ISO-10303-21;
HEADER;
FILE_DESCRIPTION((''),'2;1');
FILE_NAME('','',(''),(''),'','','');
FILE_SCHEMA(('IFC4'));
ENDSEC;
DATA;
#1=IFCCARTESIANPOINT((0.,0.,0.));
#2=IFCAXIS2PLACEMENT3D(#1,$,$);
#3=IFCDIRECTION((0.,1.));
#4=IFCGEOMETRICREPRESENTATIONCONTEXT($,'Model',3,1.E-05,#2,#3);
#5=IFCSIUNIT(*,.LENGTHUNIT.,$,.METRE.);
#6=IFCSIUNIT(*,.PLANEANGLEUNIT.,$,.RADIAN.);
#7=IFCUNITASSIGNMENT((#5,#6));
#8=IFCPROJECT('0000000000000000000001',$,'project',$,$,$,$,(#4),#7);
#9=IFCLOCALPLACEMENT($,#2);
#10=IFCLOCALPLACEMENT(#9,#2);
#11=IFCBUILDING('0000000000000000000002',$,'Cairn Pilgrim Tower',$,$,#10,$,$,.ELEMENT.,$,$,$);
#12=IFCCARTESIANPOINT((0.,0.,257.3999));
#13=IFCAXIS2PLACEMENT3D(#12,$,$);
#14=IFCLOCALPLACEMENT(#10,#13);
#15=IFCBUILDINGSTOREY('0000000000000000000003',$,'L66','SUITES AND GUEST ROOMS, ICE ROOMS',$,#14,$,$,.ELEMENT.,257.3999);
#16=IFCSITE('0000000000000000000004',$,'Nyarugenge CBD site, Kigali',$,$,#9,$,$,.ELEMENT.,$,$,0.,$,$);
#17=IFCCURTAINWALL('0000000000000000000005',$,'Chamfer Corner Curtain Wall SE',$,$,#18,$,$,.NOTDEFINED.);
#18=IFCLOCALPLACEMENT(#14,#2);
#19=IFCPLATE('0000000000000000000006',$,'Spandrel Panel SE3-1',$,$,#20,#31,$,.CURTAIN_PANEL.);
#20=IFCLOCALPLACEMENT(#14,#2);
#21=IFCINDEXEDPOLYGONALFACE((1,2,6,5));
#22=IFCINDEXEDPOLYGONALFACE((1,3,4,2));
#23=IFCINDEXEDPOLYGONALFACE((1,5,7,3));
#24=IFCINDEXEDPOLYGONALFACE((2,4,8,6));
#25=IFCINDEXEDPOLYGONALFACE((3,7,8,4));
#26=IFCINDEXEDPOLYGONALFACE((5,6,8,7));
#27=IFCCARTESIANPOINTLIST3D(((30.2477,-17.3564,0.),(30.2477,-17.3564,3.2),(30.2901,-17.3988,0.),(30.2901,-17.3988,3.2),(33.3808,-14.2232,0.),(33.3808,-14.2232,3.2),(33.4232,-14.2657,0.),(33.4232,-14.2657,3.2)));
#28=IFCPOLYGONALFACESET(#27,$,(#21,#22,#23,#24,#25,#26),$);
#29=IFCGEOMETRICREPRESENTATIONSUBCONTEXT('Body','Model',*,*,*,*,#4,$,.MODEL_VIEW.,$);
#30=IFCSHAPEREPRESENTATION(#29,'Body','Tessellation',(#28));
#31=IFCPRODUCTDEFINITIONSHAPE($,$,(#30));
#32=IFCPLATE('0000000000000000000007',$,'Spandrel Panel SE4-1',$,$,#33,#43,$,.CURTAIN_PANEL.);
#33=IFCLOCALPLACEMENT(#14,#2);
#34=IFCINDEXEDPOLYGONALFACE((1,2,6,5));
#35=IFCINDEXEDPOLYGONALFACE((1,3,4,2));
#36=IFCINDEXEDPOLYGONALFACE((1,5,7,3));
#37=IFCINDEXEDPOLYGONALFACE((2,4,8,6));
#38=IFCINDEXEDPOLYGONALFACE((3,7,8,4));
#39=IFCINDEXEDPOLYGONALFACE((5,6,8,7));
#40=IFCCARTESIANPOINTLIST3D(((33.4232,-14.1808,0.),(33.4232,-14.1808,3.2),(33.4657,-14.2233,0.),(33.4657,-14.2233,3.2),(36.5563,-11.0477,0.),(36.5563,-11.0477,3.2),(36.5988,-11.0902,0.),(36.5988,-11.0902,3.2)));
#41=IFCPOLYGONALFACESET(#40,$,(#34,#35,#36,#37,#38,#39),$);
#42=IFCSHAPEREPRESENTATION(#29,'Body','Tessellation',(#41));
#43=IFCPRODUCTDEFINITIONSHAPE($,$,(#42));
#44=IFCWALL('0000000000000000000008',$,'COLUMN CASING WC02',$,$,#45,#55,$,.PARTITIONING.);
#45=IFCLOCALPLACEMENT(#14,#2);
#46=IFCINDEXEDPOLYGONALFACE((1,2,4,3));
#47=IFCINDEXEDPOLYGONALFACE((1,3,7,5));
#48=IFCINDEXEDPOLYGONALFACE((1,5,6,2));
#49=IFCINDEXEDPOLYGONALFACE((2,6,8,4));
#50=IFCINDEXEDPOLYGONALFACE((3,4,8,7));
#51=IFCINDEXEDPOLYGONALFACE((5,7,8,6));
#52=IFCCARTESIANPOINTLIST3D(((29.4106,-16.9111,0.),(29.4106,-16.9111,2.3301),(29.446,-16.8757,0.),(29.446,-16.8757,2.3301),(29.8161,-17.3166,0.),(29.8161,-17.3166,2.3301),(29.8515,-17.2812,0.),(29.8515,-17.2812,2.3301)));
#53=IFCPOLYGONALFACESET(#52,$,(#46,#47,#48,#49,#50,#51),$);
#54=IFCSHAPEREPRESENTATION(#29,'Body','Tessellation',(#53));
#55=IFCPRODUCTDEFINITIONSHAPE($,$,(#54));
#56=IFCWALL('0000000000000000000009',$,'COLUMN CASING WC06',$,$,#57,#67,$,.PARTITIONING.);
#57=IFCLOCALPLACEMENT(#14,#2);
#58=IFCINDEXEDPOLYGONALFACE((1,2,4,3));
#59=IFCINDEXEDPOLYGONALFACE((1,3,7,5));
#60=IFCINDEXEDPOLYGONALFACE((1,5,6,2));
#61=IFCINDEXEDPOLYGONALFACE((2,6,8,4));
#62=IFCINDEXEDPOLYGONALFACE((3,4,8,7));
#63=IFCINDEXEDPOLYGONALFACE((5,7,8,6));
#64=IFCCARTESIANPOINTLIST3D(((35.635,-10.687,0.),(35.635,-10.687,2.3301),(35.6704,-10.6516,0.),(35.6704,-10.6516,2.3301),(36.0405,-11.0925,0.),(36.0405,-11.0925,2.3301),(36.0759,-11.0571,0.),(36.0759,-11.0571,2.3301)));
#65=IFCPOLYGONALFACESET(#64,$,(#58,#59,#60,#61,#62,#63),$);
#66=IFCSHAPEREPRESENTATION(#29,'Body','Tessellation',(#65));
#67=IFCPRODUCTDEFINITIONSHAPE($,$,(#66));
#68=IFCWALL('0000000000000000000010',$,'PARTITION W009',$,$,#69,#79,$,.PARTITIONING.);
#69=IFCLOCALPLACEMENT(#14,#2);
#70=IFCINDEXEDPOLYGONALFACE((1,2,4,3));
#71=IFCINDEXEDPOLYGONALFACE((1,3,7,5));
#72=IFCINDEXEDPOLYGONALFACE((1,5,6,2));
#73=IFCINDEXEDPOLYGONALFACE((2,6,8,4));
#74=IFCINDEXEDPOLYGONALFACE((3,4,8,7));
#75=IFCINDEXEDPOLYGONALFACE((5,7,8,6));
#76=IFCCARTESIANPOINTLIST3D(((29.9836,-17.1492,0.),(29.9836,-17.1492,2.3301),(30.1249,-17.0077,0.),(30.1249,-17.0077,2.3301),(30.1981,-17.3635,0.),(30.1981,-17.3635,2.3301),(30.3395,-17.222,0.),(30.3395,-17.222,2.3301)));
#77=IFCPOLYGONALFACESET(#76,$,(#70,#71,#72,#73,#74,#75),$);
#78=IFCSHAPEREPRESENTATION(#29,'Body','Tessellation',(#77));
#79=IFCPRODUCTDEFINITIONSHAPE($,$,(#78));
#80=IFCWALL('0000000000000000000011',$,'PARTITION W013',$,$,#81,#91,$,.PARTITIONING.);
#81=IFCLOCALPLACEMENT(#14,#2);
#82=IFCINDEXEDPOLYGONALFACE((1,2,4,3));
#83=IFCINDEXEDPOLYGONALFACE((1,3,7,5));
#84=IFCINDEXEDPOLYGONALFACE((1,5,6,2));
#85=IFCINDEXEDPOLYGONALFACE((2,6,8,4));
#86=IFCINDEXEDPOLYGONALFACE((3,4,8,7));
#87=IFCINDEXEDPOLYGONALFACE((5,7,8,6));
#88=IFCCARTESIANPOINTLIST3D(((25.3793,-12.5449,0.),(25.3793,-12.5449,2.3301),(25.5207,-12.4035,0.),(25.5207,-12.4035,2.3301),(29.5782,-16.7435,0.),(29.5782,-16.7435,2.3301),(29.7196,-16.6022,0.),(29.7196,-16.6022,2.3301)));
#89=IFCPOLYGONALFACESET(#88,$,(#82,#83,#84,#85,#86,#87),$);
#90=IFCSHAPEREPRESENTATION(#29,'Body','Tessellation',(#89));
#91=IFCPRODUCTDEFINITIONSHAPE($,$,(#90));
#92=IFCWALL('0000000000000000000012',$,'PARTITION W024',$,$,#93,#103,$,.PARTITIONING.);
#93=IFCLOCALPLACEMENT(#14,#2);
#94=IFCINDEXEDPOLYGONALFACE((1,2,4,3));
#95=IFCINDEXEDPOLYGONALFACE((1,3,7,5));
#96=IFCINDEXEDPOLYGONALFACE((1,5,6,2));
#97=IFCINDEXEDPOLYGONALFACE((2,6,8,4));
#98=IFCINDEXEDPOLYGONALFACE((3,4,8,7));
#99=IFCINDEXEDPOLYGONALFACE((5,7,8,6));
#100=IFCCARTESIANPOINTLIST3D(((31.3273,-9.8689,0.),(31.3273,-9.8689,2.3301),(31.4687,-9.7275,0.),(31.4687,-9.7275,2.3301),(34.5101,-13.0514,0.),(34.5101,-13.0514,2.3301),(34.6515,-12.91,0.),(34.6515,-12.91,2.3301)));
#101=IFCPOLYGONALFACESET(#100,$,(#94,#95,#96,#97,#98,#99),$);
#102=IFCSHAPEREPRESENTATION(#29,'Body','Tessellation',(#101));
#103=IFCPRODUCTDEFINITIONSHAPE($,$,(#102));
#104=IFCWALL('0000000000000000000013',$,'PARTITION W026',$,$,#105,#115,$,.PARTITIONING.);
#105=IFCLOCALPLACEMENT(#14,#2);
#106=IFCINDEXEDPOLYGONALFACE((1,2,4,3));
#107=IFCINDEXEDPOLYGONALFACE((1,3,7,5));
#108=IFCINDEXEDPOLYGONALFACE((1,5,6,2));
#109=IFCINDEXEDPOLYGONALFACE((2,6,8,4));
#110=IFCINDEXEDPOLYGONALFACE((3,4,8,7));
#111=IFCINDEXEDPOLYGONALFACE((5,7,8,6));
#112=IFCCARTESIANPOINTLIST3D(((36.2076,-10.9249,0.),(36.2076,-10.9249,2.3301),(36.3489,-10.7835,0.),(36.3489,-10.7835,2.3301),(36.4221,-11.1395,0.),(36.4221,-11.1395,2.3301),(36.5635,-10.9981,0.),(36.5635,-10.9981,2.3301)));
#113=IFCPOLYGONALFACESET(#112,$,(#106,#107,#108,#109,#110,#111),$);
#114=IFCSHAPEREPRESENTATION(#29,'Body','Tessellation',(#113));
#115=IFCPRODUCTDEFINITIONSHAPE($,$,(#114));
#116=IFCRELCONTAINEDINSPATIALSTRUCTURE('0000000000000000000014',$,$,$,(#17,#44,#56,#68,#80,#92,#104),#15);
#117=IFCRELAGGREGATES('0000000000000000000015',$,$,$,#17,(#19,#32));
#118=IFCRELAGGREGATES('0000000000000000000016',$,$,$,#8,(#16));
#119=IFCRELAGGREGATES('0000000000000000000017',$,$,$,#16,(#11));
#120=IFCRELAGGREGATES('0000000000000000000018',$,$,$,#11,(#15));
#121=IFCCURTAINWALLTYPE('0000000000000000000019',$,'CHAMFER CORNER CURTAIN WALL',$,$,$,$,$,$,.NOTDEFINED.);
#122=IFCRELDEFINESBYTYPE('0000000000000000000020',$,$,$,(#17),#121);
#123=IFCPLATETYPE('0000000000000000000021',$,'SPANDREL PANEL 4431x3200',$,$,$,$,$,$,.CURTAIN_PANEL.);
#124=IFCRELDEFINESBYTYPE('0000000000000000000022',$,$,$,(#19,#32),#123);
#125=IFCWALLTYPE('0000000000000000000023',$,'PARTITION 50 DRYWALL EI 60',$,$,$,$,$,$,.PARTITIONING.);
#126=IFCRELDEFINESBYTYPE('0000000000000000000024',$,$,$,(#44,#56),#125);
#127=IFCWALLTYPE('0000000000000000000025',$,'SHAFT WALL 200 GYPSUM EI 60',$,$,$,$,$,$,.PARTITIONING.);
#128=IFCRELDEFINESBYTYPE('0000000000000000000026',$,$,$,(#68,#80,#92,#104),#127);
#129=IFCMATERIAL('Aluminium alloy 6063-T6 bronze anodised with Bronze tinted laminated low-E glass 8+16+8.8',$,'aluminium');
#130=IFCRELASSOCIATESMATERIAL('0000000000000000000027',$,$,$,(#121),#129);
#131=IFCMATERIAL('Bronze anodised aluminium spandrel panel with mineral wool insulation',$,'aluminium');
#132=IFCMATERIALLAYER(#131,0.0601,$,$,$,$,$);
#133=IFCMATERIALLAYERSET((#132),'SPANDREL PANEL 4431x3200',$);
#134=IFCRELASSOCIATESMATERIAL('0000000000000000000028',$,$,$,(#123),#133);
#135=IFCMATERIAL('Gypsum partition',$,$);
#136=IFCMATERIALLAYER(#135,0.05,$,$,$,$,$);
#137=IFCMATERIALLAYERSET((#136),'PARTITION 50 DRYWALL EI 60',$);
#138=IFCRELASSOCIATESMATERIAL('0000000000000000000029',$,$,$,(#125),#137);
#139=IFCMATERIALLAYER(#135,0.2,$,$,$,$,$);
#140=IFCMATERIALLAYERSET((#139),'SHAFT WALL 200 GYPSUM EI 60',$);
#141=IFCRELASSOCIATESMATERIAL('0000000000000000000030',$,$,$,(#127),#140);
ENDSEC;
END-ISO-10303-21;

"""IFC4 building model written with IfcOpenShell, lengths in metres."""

from ifc_helpers import new_model, si_unit, direction, frame, frame_2d, origin, origin_2d, place, context, subcontext, project, spatial, rectangle, extrude, material, layer, layer_set, type_object, element, aggregate, save


model = new_model("IFC4")

# Units and contexts
model_context = context("Model", 3, precision=1e-05, world=origin(), true_north=direction((0.0, 1.0)))
body_context = subcontext(model_context, "Body", "Model", "MODEL_VIEW")
ifc_project = project(units=[si_unit("LENGTHUNIT", "METRE"), si_unit("PLANEANGLEUNIT", "RADIAN")], contexts=[model_context])

# Site, building, storey
site_placement = place(None, origin())
site = spatial("IfcSite", under=ifc_project, at=site_placement, Name="Nyarugenge CBD site, Kigali", CompositionType="ELEMENT", RefElevation=0.0)
building_placement = place(site_placement, origin())
building = spatial("IfcBuilding", under=site, at=building_placement, Name="Cairn Pilgrim Tower", CompositionType="ELEMENT")
storey_placement = place(building_placement, frame((0.0, 0.0, 257.3999)))
storey = spatial("IfcBuildingStorey", under=building, at=storey_placement, Name="L66", Description="SUITES AND GUEST ROOMS, ICE ROOMS", CompositionType="ELEMENT", Elevation=257.3999)

# Curtain wall
ifc_material_1 = material(Name="Aluminium alloy 6063-T6 bronze anodised with Bronze tinted laminated low-E glass 8+16+8.8", Category="aluminium")
curtain_wall_type = type_object("IfcCurtainWallType", Name="CHAMFER CORNER CURTAIN WALL", PredefinedType="NOTDEFINED", material=ifc_material_1)
curtain_wall_placement = place(storey_placement, origin())
curtain_wall = element("IfcCurtainWall", 1, at=curtain_wall_placement, inside=storey, type_object=curtain_wall_type, Name="Chamfer Corner Curtain Wall SE", PredefinedType="NOTDEFINED")

# Plates
ifc_material_2 = material(Name="Bronze anodised aluminium spandrel panel with mineral wool insulation", Category="aluminium")
ifc_layer_1 = layer(ifc_material_2, 0.0601)
ifc_layer_set_1 = layer_set([ifc_layer_1], Name="SPANDREL PANEL 4431x3200")
plate_type = type_object("IfcPlateType", Name="SPANDREL PANEL 4431x3200", PredefinedType="CURTAIN_PANEL", material=ifc_layer_set_1)
plate_1_placement = place(storey_placement, frame((31.8354, -15.811, 0.0), z_axis=(0.0, 0.0, 1.0), x_axis=(0.707107, 0.707107, 0.0)))
plate_1 = element("IfcPlate", 2, at=plate_1_placement, type_object=plate_type, Name="Spandrel Panel SE3-1", PredefinedType="CURTAIN_PANEL", context=body_context, shape_type="SweptSolid", body=[
    extrude(rectangle(XDim=4.4309, YDim=0.0601, at=origin_2d()), origin(), (0.0, 0.0, 1.0), 3.2),
])
plate_2_placement = place(storey_placement, frame((35.011, -12.6355, 0.0), z_axis=(0.0, 0.0, 1.0), x_axis=(0.707107, 0.707107, 0.0)))
plate_2 = element("IfcPlate", 3, at=plate_2_placement, type_object=plate_type, Name="Spandrel Panel SE4-1", PredefinedType="CURTAIN_PANEL", context=body_context, shape_type="SweptSolid", body=[
    extrude(rectangle(XDim=4.4309, YDim=0.0601, at=origin_2d()), origin(), (0.0, 0.0, 1.0), 3.2),
])
aggregate(curtain_wall, [plate_1, plate_2])

# Walls
ifc_material_3 = material(Name="Gypsum partition")
ifc_layer_2 = layer(ifc_material_3, 0.05)
ifc_layer_set_2 = layer_set([ifc_layer_2], Name="PARTITION 50 DRYWALL EI 60")
wall_type_1 = type_object("IfcWallType", Name="PARTITION 50 DRYWALL EI 60", PredefinedType="PARTITIONING", material=ifc_layer_set_2)
for number, where, z_axis, x_axis, name in (
    (4, (29.8337, -17.2988, 0.0), (0.0, 0.0, 1.0), (-0.707107, 0.707107, 0.0), "COLUMN CASING WC02"),
    (5, (36.0581, -11.0747, 0.0), (0.0, 0.0, 1.0), (-0.707107, 0.707107, 0.0), "COLUMN CASING WC06"),
):
    element("IfcWall", number, at=place(storey_placement, frame(where, z_axis=z_axis, x_axis=x_axis)), inside=storey, type_object=wall_type_1, Name=name, PredefinedType="PARTITIONING", context=body_context, shape_type="SweptSolid", body=[
        extrude(rectangle(XDim=0.5735, YDim=0.05, at=frame_2d((0.2866, 0.0))), origin(), (0.0, 0.0, 1.0), 2.3301),
    ])
ifc_layer_3 = layer(ifc_material_3, 0.2)
ifc_layer_set_3 = layer_set([ifc_layer_3], Name="SHAFT WALL 200 GYPSUM EI 60")
wall_type_2 = type_object("IfcWallType", Name="SHAFT WALL 200 GYPSUM EI 60", PredefinedType="PARTITIONING", material=ifc_layer_set_3)
wall_1_placement = place(storey_placement, frame((30.2688, -17.2927, 0.0), z_axis=(0.0, 0.0, 1.0), x_axis=(-0.707509, 0.706704, 0.0)))
element("IfcWall", 6, at=wall_1_placement, inside=storey, type_object=wall_type_2, Name="PARTITION W009", PredefinedType="PARTITIONING", context=body_context, shape_type="SweptSolid", body=[
    extrude(rectangle(XDim=0.3032, YDim=0.2, at=frame_2d((0.1516, 0.0))), origin(), (0.0, 0.0, 1.0), 2.3301),
])
wall_2_placement = place(storey_placement, frame((29.6489, -16.6729, 0.0), z_axis=(0.0, 0.0, 1.0), x_axis=(-0.707127, 0.707086, 0.0)))
element("IfcWall", 7, at=wall_2_placement, inside=storey, type_object=wall_type_2, Name="PARTITION W013", PredefinedType="PARTITIONING", context=body_context, shape_type="SweptSolid", body=[
    extrude(rectangle(XDim=5.938, YDim=0.2, at=frame_2d((2.969, 0.0))), origin(), (0.0, 0.0, 1.0), 2.3301),
])
wall_3_placement = place(storey_placement, frame((34.5808, -12.9807, 0.0), z_axis=(0.0, 0.0, 1.0), x_axis=(-0.707134, 0.70708, 0.0)))
element("IfcWall", 8, at=wall_3_placement, inside=storey, type_object=wall_type_2, Name="PARTITION W024", PredefinedType="PARTITIONING", context=body_context, shape_type="SweptSolid", body=[
    extrude(rectangle(XDim=4.501, YDim=0.2, at=frame_2d((2.2505, 0.0))), origin(), (0.0, 0.0, 1.0), 2.3301),
])
wall_4_placement = place(storey_placement, frame((36.4929, -11.0688, 0.0), z_axis=(0.0, 0.0, 1.0), x_axis=(-0.707107, 0.707107, 0.0)))
element("IfcWall", 9, at=wall_4_placement, inside=storey, type_object=wall_type_2, Name="PARTITION W026", PredefinedType="PARTITIONING", context=body_context, shape_type="SweptSolid", body=[
    extrude(rectangle(XDim=0.3035, YDim=0.2, at=frame_2d((0.1519, 0.0))), origin(), (0.0, 0.0, 1.0), 2.3301),
])

save(model, "model.ifc")
